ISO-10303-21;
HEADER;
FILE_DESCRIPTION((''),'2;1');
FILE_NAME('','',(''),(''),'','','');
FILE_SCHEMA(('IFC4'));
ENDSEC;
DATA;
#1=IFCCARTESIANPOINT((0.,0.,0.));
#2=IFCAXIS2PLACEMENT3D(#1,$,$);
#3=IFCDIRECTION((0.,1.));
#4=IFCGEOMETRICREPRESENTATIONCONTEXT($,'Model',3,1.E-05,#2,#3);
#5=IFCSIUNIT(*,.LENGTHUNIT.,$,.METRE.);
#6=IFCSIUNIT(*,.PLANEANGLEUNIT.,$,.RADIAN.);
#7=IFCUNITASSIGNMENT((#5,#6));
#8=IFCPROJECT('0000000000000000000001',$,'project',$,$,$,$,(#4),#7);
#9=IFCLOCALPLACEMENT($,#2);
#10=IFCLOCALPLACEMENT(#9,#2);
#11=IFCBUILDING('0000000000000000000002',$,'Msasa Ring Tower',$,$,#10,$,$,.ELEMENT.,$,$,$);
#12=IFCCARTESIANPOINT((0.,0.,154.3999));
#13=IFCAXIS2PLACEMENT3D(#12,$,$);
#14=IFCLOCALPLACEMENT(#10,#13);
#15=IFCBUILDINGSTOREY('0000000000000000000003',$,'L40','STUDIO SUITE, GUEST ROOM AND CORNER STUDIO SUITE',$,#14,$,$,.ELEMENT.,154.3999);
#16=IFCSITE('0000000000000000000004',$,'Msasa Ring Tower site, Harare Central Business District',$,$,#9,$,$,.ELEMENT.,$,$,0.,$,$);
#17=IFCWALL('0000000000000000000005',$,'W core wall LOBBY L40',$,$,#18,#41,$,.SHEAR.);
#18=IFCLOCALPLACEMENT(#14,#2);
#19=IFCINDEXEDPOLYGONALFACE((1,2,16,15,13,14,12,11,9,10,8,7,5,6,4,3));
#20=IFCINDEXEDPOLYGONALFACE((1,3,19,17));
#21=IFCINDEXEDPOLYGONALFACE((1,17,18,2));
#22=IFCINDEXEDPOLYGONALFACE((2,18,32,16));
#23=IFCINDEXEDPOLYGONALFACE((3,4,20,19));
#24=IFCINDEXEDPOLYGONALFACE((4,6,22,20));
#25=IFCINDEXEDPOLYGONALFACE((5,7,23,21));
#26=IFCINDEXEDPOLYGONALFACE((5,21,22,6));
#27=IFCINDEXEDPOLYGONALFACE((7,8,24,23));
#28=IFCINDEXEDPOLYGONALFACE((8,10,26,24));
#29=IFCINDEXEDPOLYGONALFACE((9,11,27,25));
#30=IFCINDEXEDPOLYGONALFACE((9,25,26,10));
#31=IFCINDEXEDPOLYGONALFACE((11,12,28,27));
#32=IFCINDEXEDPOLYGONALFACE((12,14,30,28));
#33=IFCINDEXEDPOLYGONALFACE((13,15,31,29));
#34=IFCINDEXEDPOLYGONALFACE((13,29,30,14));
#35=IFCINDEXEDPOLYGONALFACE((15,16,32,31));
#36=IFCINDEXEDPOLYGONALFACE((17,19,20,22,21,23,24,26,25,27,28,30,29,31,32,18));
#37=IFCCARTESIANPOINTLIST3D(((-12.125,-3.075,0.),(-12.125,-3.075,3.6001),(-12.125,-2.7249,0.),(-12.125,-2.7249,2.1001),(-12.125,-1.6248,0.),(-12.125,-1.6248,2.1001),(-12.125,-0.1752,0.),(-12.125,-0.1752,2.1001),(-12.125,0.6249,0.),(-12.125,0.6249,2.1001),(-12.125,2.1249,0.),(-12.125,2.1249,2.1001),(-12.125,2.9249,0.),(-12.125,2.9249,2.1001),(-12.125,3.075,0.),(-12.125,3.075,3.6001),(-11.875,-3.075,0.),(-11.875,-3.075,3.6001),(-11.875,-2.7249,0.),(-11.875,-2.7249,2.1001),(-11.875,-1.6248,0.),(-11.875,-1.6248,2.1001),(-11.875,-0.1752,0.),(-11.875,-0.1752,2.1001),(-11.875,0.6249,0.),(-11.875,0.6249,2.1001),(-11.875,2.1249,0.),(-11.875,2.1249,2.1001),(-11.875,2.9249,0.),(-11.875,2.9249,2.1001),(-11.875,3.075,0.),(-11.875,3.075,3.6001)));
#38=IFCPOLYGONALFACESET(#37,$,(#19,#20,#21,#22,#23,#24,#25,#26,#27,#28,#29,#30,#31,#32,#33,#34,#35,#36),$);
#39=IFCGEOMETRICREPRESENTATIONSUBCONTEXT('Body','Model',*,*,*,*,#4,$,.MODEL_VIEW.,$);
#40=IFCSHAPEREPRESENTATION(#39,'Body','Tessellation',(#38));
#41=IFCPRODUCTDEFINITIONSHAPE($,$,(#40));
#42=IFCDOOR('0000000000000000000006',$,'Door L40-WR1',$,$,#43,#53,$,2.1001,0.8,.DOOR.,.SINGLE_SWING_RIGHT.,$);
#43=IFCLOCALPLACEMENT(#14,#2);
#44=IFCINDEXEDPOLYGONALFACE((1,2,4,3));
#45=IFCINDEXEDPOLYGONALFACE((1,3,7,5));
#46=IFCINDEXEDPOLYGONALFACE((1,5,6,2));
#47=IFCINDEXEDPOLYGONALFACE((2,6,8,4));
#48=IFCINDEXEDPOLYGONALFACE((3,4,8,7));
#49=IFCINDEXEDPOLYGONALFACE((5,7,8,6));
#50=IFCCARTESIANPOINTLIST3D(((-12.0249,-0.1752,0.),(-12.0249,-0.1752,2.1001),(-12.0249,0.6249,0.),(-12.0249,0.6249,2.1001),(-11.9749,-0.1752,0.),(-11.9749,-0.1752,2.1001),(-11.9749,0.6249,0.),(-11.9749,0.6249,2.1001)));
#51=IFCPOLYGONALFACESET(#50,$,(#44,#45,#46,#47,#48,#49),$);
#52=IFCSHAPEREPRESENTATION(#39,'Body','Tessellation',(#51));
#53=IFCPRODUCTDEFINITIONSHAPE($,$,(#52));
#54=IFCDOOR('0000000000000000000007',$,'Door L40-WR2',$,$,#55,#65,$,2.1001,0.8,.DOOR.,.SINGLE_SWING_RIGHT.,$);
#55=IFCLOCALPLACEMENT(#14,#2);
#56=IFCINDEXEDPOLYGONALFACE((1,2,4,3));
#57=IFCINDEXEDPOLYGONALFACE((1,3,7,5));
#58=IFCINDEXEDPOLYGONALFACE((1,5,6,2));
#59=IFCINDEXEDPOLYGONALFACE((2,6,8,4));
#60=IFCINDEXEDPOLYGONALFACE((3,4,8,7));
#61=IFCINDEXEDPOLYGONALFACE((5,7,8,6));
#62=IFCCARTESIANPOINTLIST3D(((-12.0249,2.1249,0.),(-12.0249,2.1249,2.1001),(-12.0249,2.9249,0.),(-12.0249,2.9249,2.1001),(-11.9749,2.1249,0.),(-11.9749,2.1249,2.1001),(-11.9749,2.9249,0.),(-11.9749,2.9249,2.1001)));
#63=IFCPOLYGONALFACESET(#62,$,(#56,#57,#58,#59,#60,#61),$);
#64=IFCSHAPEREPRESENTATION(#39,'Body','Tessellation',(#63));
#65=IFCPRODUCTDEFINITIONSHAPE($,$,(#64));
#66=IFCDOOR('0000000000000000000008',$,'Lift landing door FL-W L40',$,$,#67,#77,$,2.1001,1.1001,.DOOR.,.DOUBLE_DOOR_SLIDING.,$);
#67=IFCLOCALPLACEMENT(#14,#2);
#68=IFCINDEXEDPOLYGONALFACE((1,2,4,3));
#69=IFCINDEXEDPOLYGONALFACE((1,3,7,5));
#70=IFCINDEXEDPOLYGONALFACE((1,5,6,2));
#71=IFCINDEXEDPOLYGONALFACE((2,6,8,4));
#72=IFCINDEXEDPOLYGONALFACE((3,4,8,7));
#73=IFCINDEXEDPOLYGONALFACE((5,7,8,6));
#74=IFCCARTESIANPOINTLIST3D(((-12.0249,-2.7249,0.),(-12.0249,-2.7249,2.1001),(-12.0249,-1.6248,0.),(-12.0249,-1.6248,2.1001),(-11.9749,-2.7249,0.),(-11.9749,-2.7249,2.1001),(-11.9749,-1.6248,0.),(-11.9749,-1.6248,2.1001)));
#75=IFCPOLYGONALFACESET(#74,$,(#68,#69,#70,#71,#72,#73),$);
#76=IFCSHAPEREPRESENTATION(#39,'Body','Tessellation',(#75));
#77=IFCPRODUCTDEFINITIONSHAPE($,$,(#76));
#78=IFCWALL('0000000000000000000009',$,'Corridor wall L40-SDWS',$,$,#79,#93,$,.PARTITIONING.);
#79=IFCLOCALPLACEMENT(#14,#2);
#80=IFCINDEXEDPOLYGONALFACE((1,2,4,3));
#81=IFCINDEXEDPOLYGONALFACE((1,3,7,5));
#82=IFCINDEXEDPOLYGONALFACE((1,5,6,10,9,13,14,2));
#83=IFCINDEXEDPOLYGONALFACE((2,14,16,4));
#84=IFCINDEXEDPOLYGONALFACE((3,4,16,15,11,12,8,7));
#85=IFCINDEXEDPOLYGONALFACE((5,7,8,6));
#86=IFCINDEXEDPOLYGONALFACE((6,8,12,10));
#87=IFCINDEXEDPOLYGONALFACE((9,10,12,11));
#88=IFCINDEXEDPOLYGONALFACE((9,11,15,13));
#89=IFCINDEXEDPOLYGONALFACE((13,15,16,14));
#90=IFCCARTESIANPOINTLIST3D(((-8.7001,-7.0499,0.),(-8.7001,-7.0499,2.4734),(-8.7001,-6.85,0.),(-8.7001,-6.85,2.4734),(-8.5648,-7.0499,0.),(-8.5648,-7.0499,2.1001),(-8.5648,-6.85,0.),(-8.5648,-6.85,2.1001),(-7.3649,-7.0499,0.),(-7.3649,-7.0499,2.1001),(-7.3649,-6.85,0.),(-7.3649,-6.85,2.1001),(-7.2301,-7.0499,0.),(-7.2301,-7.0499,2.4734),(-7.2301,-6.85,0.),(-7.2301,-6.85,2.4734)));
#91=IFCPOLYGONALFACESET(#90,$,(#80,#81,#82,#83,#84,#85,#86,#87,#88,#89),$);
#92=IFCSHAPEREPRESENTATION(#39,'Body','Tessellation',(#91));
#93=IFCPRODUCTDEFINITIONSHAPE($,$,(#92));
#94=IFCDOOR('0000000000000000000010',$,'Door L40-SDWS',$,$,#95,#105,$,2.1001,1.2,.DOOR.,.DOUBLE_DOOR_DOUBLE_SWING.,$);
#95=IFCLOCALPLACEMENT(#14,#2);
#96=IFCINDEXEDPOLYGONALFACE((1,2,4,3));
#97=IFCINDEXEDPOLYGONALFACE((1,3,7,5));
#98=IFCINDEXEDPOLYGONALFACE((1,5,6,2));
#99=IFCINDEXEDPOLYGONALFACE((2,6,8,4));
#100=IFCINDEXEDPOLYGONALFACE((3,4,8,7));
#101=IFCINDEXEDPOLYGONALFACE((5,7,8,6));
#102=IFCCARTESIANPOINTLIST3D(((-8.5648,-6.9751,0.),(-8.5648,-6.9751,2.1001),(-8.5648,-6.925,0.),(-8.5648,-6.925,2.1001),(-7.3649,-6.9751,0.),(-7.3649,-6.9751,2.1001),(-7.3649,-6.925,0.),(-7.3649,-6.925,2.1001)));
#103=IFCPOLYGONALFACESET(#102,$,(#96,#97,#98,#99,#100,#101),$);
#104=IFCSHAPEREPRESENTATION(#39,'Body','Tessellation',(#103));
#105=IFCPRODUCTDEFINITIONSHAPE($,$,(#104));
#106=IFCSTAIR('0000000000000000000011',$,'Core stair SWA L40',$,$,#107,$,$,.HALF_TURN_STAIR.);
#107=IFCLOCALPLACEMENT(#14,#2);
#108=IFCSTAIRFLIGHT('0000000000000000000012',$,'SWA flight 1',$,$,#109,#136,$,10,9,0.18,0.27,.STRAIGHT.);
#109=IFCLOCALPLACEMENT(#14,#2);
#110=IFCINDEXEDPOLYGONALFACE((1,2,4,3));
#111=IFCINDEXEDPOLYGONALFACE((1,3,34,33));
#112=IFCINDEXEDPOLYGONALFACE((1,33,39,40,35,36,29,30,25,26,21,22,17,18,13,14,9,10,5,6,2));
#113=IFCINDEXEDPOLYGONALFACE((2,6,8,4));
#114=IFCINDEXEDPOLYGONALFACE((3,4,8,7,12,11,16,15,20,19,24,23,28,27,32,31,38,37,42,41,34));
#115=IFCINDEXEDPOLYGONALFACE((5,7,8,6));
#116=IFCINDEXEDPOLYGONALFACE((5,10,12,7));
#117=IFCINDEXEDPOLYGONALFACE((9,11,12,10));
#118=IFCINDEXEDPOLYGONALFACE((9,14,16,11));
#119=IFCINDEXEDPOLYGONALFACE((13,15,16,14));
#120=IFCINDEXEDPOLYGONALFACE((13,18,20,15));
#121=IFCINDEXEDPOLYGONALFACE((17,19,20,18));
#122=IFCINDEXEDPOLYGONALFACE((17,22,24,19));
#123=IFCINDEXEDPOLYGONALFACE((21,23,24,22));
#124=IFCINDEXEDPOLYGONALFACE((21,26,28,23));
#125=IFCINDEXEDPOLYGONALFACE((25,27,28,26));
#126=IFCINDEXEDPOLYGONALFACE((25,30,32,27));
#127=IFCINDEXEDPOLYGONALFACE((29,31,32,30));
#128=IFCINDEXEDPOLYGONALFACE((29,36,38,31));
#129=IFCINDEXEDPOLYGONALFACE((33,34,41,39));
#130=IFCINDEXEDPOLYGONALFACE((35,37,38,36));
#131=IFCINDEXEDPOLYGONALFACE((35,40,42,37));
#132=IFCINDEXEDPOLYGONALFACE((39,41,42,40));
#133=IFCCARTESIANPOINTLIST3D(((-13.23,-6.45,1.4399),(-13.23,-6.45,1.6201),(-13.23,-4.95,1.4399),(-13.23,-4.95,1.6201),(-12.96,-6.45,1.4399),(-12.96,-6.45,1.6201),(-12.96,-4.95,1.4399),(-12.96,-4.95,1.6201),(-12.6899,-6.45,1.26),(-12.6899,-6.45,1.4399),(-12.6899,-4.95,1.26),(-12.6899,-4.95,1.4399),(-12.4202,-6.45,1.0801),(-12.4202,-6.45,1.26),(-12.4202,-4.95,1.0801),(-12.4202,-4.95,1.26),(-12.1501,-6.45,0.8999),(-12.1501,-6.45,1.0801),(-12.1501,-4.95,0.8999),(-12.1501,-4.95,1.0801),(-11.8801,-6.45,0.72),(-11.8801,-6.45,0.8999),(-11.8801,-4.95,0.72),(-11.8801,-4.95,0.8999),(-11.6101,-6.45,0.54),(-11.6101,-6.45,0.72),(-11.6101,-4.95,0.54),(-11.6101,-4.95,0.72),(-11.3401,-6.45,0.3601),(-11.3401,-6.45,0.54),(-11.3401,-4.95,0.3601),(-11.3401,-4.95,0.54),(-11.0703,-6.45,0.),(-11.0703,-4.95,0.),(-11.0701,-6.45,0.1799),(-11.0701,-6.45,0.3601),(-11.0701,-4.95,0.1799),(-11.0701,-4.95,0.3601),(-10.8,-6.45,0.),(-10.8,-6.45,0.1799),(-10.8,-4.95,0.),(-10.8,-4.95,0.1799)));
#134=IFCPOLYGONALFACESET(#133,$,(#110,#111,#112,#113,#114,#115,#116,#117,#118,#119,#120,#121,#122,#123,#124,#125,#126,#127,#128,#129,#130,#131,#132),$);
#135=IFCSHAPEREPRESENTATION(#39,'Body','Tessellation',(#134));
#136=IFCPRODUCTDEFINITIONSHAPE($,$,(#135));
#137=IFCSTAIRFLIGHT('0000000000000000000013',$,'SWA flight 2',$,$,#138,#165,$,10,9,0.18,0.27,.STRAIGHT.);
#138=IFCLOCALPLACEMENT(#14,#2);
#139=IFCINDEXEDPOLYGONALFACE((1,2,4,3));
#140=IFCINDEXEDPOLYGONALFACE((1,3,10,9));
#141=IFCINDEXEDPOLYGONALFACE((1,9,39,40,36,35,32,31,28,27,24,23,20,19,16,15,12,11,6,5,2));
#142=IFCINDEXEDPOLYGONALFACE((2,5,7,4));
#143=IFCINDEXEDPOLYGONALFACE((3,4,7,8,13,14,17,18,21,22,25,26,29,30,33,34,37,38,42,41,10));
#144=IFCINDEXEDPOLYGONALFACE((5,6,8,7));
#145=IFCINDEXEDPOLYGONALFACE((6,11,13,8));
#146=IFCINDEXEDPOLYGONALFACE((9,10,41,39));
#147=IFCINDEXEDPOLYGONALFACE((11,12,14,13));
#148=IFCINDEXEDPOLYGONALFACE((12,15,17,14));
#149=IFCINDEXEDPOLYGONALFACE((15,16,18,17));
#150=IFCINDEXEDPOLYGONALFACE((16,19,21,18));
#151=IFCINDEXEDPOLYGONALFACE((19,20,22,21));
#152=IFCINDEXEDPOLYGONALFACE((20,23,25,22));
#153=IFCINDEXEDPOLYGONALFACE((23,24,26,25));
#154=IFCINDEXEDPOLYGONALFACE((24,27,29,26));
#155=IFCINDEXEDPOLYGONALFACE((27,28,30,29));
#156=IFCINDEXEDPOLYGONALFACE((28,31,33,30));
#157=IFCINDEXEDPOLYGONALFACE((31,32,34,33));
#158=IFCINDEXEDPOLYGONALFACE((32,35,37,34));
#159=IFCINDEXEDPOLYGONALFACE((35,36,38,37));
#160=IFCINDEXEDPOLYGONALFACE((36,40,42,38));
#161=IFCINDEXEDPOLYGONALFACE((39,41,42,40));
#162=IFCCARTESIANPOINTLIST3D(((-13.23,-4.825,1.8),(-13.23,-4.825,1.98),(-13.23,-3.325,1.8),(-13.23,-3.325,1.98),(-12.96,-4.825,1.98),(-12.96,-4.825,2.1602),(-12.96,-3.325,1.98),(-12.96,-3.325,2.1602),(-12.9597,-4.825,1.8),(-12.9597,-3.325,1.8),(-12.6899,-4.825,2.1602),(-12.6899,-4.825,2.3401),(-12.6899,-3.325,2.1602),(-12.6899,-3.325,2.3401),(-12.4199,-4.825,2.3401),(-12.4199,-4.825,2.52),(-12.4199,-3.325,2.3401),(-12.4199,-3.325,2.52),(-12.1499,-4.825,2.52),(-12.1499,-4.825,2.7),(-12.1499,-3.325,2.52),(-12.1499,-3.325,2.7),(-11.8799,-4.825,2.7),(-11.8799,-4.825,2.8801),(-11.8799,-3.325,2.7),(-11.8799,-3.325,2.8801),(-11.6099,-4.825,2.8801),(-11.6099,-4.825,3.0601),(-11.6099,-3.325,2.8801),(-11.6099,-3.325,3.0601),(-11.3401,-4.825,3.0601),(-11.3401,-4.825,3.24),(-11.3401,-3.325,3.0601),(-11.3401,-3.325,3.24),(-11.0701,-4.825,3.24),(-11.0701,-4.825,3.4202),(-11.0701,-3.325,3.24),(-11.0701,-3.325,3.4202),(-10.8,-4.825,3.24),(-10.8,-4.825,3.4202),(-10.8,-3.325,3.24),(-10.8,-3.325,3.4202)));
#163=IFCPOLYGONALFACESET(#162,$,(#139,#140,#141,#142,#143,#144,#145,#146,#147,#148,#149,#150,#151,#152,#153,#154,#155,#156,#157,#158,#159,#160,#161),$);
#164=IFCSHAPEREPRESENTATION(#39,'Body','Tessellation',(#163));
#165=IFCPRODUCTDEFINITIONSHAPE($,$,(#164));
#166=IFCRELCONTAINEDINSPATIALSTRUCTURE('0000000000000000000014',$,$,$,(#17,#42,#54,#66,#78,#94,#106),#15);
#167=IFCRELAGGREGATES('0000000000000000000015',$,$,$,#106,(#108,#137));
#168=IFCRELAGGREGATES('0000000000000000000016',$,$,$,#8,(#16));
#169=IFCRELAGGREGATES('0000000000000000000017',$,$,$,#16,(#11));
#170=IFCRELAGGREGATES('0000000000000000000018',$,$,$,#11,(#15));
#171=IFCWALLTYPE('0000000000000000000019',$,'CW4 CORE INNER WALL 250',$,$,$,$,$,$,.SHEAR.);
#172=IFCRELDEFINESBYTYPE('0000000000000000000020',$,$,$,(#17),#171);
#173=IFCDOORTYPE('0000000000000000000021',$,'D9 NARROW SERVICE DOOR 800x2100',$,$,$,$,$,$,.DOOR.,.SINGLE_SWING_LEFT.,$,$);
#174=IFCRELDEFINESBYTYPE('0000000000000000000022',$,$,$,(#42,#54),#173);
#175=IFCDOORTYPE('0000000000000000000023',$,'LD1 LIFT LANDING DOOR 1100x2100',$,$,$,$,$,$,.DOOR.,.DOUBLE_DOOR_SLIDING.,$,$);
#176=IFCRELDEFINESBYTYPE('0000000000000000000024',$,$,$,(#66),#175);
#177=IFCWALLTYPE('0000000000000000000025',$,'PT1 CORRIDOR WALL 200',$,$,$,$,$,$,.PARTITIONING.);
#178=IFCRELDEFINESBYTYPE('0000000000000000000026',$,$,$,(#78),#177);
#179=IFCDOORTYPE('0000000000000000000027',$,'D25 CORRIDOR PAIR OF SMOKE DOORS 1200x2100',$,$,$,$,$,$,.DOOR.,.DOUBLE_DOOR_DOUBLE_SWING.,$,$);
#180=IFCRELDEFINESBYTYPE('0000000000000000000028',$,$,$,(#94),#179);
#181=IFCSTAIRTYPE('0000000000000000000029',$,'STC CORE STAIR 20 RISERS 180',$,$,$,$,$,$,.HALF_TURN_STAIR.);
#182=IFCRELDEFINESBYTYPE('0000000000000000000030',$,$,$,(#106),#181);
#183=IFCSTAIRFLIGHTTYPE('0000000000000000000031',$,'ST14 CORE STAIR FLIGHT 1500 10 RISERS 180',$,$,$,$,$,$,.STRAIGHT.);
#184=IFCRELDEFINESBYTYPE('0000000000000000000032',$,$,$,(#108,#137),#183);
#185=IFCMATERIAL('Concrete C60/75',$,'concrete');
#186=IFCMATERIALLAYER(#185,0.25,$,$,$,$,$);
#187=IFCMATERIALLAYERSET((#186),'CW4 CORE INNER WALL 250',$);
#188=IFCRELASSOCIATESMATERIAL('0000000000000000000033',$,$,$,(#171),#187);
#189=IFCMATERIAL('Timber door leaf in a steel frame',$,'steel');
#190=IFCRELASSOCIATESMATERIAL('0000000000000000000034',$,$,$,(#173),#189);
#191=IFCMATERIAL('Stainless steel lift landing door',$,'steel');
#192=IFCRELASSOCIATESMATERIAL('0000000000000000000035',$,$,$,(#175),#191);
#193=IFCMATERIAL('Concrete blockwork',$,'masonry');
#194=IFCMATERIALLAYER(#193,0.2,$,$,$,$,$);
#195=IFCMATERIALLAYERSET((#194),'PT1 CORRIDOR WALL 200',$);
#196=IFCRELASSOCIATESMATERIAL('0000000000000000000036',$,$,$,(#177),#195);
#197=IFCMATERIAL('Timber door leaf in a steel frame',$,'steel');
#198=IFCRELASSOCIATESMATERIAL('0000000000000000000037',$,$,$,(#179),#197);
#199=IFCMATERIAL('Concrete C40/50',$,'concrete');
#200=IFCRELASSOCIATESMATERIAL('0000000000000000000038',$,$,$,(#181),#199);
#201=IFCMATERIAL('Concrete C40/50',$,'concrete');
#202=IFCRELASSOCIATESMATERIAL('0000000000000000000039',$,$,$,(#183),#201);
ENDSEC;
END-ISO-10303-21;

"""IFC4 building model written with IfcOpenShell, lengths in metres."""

from ifc_helpers import new_model, si_unit, direction, frame, frame_2d, origin, place, context, subcontext, project, spatial, polyline, rectangle, outline, extrude, material, layer, layer_set, type_object, element, fill, aggregate, save


model = new_model("IFC4")

# Units and contexts
model_context = context("Model", 3, precision=1e-05, world=origin(), true_north=direction((0.0, 1.0)))
body_context = subcontext(model_context, "Body", "Model", "MODEL_VIEW")
ifc_project = project(units=[si_unit("LENGTHUNIT", "METRE"), si_unit("PLANEANGLEUNIT", "RADIAN")], contexts=[model_context])

# Site, building, storey
site_placement = place(None, origin())
site = spatial("IfcSite", under=ifc_project, at=site_placement, Name="Msasa Ring Tower site, Harare Central Business District", CompositionType="ELEMENT", RefElevation=0.0)
building_placement = place(site_placement, origin())
building = spatial("IfcBuilding", under=site, at=building_placement, Name="Msasa Ring Tower", CompositionType="ELEMENT")
storey_placement = place(building_placement, frame((0.0, 0.0, 154.3999)))
storey = spatial("IfcBuildingStorey", under=building, at=storey_placement, Name="L40", Description="STUDIO SUITE, GUEST ROOM AND CORNER STUDIO SUITE", CompositionType="ELEMENT", Elevation=154.3999)

# Shared definitions
ifc_material_1 = material(Name="Concrete C60/75", Category="concrete")
ifc_layer_1 = layer(ifc_material_1, 0.25)
ifc_layer_set_1 = layer_set([ifc_layer_1], Name="CW4 CORE INNER WALL 250")
wall_type_1 = type_object("IfcWallType", Name="CW4 CORE INNER WALL 250", PredefinedType="SHEAR", material=ifc_layer_set_1)

# Wall, openings, doors
wall_1_placement = place(storey_placement, frame((-12.0, -3.075, 0.0), z_axis=(0.0, 0.0, 1.0), x_axis=(0.0, 1.0, 0.0)))
wall_1 = element("IfcWall", 1, at=wall_1_placement, inside=storey, type_object=wall_type_1, Name="W core wall LOBBY L40", PredefinedType="SHEAR", context=body_context, shape_type="SweptSolid", body=[
    extrude(rectangle(XDim=6.1499, YDim=0.25, at=frame_2d((3.075, 0.0))), origin(), (0.0, 0.0, 1.0), 3.6001),
])
opening_1_placement = place(wall_1_placement, frame((2.8999, 0.0, 0.0)))
opening_1 = element("IfcOpeningElement", 2, at=opening_1_placement, cuts=wall_1, PredefinedType="OPENING", context=body_context, shape_type="SweptSolid", body=[
    extrude(rectangle(XDim=0.8, YDim=2.1001, at=frame_2d((0.3999, 1.05))), frame((0.0, 0.135, 0.0), z_axis=(0.0, -1.0, 0.0), x_axis=(1.0, 0.0, 0.0)), (0.0, 0.0, 1.0), 0.27),
])
opening_2_placement = place(wall_1_placement, frame((5.2, 0.0, 0.0)))
opening_2 = element("IfcOpeningElement", 3, at=opening_2_placement, cuts=wall_1, PredefinedType="OPENING", context=body_context, shape_type="SweptSolid", body=[
    extrude(rectangle(XDim=0.8, YDim=2.1001, at=frame_2d((0.3999, 1.05))), frame((0.0, 0.135, 0.0), z_axis=(0.0, -1.0, 0.0), x_axis=(1.0, 0.0, 0.0)), (0.0, 0.0, 1.0), 0.27),
])
opening_3_placement = place(wall_1_placement, frame((0.3501, 0.0, 0.0)))
opening_3 = element("IfcOpeningElement", 4, at=opening_3_placement, cuts=wall_1, PredefinedType="OPENING", context=body_context, shape_type="SweptSolid", body=[
    extrude(rectangle(XDim=1.1001, YDim=2.1001, at=frame_2d((0.55, 1.05))), frame((0.0, 0.135, 0.0), z_axis=(0.0, -1.0, 0.0), x_axis=(1.0, 0.0, 0.0)), (0.0, 0.0, 1.0), 0.27),
])
ifc_material_2 = material(Name="Timber door leaf in a steel frame", Category="steel")
door_type_1 = type_object("IfcDoorType", Name="D9 NARROW SERVICE DOOR 800x2100", OperationType="SINGLE_SWING_LEFT", PredefinedType="DOOR", material=ifc_material_2)
door_1_placement = place(opening_1_placement, origin())
door_1 = element("IfcDoor", 5, at=door_1_placement, inside=storey, type_object=door_type_1, Name="Door L40-WR1", OperationType="SINGLE_SWING_RIGHT", OverallHeight=2.1001, OverallWidth=0.8, PredefinedType="DOOR", context=body_context, shape_type="SweptSolid", body=[
    extrude(rectangle(XDim=0.8, YDim=2.1001, at=frame_2d((0.3999, 1.05))), frame((0.0, 0.0249, 0.0), z_axis=(0.0, -1.0, 0.0), x_axis=(1.0, 0.0, 0.0)), (0.0, 0.0, 1.0), 0.05),
])
fill(opening_1, door_1)
door_2_placement = place(opening_2_placement, origin())
door_2 = element("IfcDoor", 6, at=door_2_placement, inside=storey, type_object=door_type_1, Name="Door L40-WR2", OperationType="SINGLE_SWING_RIGHT", OverallHeight=2.1001, OverallWidth=0.8, PredefinedType="DOOR", context=body_context, shape_type="SweptSolid", body=[
    extrude(rectangle(XDim=0.8, YDim=2.1001, at=frame_2d((0.3999, 1.05))), frame((0.0, 0.0249, 0.0), z_axis=(0.0, -1.0, 0.0), x_axis=(1.0, 0.0, 0.0)), (0.0, 0.0, 1.0), 0.05),
])
fill(opening_2, door_2)
ifc_material_3 = material(Name="Stainless steel lift landing door", Category="steel")
door_type_2 = type_object("IfcDoorType", Name="LD1 LIFT LANDING DOOR 1100x2100", OperationType="DOUBLE_DOOR_SLIDING", PredefinedType="DOOR", material=ifc_material_3)
door_3_placement = place(opening_3_placement, origin())
door_3 = element("IfcDoor", 7, at=door_3_placement, inside=storey, type_object=door_type_2, Name="Lift landing door FL-W L40", OperationType="DOUBLE_DOOR_SLIDING", OverallHeight=2.1001, OverallWidth=1.1001, PredefinedType="DOOR", context=body_context, shape_type="SweptSolid", body=[
    extrude(rectangle(XDim=1.1001, YDim=2.1001, at=frame_2d((0.55, 1.05))), frame((0.0, 0.0249, 0.0), z_axis=(0.0, -1.0, 0.0), x_axis=(1.0, 0.0, 0.0)), (0.0, 0.0, 1.0), 0.05),
])
fill(opening_3, door_3)

# Wall, opening, door
ifc_material_4 = material(Name="Concrete blockwork", Category="masonry")
ifc_layer_2 = layer(ifc_material_4, 0.2)
ifc_layer_set_2 = layer_set([ifc_layer_2], Name="PT1 CORRIDOR WALL 200")
wall_type_2 = type_object("IfcWallType", Name="PT1 CORRIDOR WALL 200", PredefinedType="PARTITIONING", material=ifc_layer_set_2)
wall_2_placement = place(storey_placement, frame((-8.7, -6.95, 0.0), z_axis=(0.0, 0.0, 1.0), x_axis=(1.0, 0.0, 0.0)))
wall_2 = element("IfcWall", 8, at=wall_2_placement, inside=storey, type_object=wall_type_2, Name="Corridor wall L40-SDWS", PredefinedType="PARTITIONING", context=body_context, shape_type="SweptSolid", body=[
    extrude(rectangle(XDim=1.47, YDim=0.2, at=frame_2d((0.7349, 0.0))), origin(), (0.0, 0.0, 1.0), 2.4734),
])
opening_4_placement = place(wall_2_placement, frame((0.135, 0.0, 0.0)))
opening_4 = element("IfcOpeningElement", 9, at=opening_4_placement, cuts=wall_2, PredefinedType="OPENING", context=body_context, shape_type="SweptSolid", body=[
    extrude(rectangle(XDim=1.2, YDim=2.1001, at=frame_2d((0.6001, 1.05))), frame((0.0, 0.1099, 0.0), z_axis=(0.0, -1.0, 0.0), x_axis=(1.0, 0.0, 0.0)), (0.0, 0.0, 1.0), 0.22),
])
ifc_material_5 = material(Name="Timber door leaf in a steel frame", Category="steel")
door_type_3 = type_object("IfcDoorType", Name="D25 CORRIDOR PAIR OF SMOKE DOORS 1200x2100", OperationType="DOUBLE_DOOR_DOUBLE_SWING", PredefinedType="DOOR", material=ifc_material_5)
door_4_placement = place(opening_4_placement, origin())
door_4 = element("IfcDoor", 10, at=door_4_placement, inside=storey, type_object=door_type_3, Name="Door L40-SDWS", OperationType="DOUBLE_DOOR_DOUBLE_SWING", OverallHeight=2.1001, OverallWidth=1.2, PredefinedType="DOOR", context=body_context, shape_type="SweptSolid", body=[
    extrude(rectangle(XDim=1.2, YDim=2.1001, at=frame_2d((0.6001, 1.05))), frame((0.0, 0.0249, 0.0), z_axis=(0.0, -1.0, 0.0), x_axis=(1.0, 0.0, 0.0)), (0.0, 0.0, 1.0), 0.05),
])
fill(opening_4, door_4)

# Stair, stair flights
ifc_material_6 = material(Name="Concrete C40/50", Category="concrete")
stair_type = type_object("IfcStairType", Name="STC CORE STAIR 20 RISERS 180", PredefinedType="HALF_TURN_STAIR", material=ifc_material_6)
stair_placement = place(storey_placement, origin())
stair = element("IfcStair", 11, at=stair_placement, inside=storey, type_object=stair_type, Name="Core stair SWA L40", PredefinedType="HALF_TURN_STAIR")
ifc_material_7 = material(Name="Concrete C40/50", Category="concrete")
stair_flight_type = type_object("IfcStairFlightType", Name="ST14 CORE STAIR FLIGHT 1500 10 RISERS 180", PredefinedType="STRAIGHT", material=ifc_material_7)
stair_flight_1_placement = place(storey_placement, frame((-10.8, -5.7, 0.0), z_axis=(0.0, 0.0, 1.0), x_axis=(-1.0, 0.0, 0.0)))
stair_flight_1 = element("IfcStairFlight", 12, at=stair_flight_1_placement, type_object=stair_flight_type, Name="SWA flight 1", NumberOfRisers=10, NumberOfTreads=9, PredefinedType="STRAIGHT", RiserHeight=0.18, TreadLength=0.27, context=body_context, shape_type="SweptSolid", body=[
    extrude(outline(polyline([(0.0, 0.0), (0.0, 0.1799), (0.27, 0.1799), (0.27, 0.3601), (0.54, 0.3601), (0.54, 0.54), (0.8101, 0.54), (0.8101, 0.72), (1.0801, 0.72), (1.0801, 0.8999), (1.3501, 0.8999), (1.3501, 1.0801), (1.6201, 1.0801), (1.6201, 1.26), (1.8899, 1.26), (1.8899, 1.4399), (2.1599, 1.4399), (2.1599, 1.6201), (2.4299, 1.6201), (2.4299, 1.8), (2.4299, 1.4399), (0.2703, 0.0), (0.0, 0.0)])), frame((0.0, 0.75, 0.0), z_axis=(0.0, -1.0, 0.0), x_axis=(1.0, 0.0, 0.0)), (0.0, 0.0, 1.0), 1.5),
])
stair_flight_2_placement = place(storey_placement, frame((-13.23, -4.075, 1.8), z_axis=(0.0, 0.0, 1.0), x_axis=(1.0, 0.0, 0.0)))
stair_flight_2 = element("IfcStairFlight", 13, at=stair_flight_2_placement, type_object=stair_flight_type, Name="SWA flight 2", NumberOfRisers=10, NumberOfTreads=9, PredefinedType="STRAIGHT", RiserHeight=0.18, TreadLength=0.27, context=body_context, shape_type="SweptSolid", body=[
    extrude(outline(polyline([(0.0, 0.0), (0.0, 0.1799), (0.27, 0.1799), (0.27, 0.3601), (0.54, 0.3601), (0.54, 0.54), (0.8101, 0.54), (0.8101, 0.72), (1.0801, 0.72), (1.0801, 0.8999), (1.3501, 0.8999), (1.3501, 1.0801), (1.6201, 1.0801), (1.6201, 1.26), (1.8899, 1.26), (1.8899, 1.4399), (2.1599, 1.4399), (2.1599, 1.6201), (2.4299, 1.6201), (2.4299, 1.8), (2.4299, 1.4399), (0.2703, 0.0), (0.0, 0.0)])), frame((0.0, 0.75, 0.0), z_axis=(0.0, -1.0, 0.0), x_axis=(1.0, 0.0, 0.0)), (0.0, 0.0, 1.0), 1.5),
])
aggregate(stair, [stair_flight_1, stair_flight_2])

save(model, "model.ifc")
